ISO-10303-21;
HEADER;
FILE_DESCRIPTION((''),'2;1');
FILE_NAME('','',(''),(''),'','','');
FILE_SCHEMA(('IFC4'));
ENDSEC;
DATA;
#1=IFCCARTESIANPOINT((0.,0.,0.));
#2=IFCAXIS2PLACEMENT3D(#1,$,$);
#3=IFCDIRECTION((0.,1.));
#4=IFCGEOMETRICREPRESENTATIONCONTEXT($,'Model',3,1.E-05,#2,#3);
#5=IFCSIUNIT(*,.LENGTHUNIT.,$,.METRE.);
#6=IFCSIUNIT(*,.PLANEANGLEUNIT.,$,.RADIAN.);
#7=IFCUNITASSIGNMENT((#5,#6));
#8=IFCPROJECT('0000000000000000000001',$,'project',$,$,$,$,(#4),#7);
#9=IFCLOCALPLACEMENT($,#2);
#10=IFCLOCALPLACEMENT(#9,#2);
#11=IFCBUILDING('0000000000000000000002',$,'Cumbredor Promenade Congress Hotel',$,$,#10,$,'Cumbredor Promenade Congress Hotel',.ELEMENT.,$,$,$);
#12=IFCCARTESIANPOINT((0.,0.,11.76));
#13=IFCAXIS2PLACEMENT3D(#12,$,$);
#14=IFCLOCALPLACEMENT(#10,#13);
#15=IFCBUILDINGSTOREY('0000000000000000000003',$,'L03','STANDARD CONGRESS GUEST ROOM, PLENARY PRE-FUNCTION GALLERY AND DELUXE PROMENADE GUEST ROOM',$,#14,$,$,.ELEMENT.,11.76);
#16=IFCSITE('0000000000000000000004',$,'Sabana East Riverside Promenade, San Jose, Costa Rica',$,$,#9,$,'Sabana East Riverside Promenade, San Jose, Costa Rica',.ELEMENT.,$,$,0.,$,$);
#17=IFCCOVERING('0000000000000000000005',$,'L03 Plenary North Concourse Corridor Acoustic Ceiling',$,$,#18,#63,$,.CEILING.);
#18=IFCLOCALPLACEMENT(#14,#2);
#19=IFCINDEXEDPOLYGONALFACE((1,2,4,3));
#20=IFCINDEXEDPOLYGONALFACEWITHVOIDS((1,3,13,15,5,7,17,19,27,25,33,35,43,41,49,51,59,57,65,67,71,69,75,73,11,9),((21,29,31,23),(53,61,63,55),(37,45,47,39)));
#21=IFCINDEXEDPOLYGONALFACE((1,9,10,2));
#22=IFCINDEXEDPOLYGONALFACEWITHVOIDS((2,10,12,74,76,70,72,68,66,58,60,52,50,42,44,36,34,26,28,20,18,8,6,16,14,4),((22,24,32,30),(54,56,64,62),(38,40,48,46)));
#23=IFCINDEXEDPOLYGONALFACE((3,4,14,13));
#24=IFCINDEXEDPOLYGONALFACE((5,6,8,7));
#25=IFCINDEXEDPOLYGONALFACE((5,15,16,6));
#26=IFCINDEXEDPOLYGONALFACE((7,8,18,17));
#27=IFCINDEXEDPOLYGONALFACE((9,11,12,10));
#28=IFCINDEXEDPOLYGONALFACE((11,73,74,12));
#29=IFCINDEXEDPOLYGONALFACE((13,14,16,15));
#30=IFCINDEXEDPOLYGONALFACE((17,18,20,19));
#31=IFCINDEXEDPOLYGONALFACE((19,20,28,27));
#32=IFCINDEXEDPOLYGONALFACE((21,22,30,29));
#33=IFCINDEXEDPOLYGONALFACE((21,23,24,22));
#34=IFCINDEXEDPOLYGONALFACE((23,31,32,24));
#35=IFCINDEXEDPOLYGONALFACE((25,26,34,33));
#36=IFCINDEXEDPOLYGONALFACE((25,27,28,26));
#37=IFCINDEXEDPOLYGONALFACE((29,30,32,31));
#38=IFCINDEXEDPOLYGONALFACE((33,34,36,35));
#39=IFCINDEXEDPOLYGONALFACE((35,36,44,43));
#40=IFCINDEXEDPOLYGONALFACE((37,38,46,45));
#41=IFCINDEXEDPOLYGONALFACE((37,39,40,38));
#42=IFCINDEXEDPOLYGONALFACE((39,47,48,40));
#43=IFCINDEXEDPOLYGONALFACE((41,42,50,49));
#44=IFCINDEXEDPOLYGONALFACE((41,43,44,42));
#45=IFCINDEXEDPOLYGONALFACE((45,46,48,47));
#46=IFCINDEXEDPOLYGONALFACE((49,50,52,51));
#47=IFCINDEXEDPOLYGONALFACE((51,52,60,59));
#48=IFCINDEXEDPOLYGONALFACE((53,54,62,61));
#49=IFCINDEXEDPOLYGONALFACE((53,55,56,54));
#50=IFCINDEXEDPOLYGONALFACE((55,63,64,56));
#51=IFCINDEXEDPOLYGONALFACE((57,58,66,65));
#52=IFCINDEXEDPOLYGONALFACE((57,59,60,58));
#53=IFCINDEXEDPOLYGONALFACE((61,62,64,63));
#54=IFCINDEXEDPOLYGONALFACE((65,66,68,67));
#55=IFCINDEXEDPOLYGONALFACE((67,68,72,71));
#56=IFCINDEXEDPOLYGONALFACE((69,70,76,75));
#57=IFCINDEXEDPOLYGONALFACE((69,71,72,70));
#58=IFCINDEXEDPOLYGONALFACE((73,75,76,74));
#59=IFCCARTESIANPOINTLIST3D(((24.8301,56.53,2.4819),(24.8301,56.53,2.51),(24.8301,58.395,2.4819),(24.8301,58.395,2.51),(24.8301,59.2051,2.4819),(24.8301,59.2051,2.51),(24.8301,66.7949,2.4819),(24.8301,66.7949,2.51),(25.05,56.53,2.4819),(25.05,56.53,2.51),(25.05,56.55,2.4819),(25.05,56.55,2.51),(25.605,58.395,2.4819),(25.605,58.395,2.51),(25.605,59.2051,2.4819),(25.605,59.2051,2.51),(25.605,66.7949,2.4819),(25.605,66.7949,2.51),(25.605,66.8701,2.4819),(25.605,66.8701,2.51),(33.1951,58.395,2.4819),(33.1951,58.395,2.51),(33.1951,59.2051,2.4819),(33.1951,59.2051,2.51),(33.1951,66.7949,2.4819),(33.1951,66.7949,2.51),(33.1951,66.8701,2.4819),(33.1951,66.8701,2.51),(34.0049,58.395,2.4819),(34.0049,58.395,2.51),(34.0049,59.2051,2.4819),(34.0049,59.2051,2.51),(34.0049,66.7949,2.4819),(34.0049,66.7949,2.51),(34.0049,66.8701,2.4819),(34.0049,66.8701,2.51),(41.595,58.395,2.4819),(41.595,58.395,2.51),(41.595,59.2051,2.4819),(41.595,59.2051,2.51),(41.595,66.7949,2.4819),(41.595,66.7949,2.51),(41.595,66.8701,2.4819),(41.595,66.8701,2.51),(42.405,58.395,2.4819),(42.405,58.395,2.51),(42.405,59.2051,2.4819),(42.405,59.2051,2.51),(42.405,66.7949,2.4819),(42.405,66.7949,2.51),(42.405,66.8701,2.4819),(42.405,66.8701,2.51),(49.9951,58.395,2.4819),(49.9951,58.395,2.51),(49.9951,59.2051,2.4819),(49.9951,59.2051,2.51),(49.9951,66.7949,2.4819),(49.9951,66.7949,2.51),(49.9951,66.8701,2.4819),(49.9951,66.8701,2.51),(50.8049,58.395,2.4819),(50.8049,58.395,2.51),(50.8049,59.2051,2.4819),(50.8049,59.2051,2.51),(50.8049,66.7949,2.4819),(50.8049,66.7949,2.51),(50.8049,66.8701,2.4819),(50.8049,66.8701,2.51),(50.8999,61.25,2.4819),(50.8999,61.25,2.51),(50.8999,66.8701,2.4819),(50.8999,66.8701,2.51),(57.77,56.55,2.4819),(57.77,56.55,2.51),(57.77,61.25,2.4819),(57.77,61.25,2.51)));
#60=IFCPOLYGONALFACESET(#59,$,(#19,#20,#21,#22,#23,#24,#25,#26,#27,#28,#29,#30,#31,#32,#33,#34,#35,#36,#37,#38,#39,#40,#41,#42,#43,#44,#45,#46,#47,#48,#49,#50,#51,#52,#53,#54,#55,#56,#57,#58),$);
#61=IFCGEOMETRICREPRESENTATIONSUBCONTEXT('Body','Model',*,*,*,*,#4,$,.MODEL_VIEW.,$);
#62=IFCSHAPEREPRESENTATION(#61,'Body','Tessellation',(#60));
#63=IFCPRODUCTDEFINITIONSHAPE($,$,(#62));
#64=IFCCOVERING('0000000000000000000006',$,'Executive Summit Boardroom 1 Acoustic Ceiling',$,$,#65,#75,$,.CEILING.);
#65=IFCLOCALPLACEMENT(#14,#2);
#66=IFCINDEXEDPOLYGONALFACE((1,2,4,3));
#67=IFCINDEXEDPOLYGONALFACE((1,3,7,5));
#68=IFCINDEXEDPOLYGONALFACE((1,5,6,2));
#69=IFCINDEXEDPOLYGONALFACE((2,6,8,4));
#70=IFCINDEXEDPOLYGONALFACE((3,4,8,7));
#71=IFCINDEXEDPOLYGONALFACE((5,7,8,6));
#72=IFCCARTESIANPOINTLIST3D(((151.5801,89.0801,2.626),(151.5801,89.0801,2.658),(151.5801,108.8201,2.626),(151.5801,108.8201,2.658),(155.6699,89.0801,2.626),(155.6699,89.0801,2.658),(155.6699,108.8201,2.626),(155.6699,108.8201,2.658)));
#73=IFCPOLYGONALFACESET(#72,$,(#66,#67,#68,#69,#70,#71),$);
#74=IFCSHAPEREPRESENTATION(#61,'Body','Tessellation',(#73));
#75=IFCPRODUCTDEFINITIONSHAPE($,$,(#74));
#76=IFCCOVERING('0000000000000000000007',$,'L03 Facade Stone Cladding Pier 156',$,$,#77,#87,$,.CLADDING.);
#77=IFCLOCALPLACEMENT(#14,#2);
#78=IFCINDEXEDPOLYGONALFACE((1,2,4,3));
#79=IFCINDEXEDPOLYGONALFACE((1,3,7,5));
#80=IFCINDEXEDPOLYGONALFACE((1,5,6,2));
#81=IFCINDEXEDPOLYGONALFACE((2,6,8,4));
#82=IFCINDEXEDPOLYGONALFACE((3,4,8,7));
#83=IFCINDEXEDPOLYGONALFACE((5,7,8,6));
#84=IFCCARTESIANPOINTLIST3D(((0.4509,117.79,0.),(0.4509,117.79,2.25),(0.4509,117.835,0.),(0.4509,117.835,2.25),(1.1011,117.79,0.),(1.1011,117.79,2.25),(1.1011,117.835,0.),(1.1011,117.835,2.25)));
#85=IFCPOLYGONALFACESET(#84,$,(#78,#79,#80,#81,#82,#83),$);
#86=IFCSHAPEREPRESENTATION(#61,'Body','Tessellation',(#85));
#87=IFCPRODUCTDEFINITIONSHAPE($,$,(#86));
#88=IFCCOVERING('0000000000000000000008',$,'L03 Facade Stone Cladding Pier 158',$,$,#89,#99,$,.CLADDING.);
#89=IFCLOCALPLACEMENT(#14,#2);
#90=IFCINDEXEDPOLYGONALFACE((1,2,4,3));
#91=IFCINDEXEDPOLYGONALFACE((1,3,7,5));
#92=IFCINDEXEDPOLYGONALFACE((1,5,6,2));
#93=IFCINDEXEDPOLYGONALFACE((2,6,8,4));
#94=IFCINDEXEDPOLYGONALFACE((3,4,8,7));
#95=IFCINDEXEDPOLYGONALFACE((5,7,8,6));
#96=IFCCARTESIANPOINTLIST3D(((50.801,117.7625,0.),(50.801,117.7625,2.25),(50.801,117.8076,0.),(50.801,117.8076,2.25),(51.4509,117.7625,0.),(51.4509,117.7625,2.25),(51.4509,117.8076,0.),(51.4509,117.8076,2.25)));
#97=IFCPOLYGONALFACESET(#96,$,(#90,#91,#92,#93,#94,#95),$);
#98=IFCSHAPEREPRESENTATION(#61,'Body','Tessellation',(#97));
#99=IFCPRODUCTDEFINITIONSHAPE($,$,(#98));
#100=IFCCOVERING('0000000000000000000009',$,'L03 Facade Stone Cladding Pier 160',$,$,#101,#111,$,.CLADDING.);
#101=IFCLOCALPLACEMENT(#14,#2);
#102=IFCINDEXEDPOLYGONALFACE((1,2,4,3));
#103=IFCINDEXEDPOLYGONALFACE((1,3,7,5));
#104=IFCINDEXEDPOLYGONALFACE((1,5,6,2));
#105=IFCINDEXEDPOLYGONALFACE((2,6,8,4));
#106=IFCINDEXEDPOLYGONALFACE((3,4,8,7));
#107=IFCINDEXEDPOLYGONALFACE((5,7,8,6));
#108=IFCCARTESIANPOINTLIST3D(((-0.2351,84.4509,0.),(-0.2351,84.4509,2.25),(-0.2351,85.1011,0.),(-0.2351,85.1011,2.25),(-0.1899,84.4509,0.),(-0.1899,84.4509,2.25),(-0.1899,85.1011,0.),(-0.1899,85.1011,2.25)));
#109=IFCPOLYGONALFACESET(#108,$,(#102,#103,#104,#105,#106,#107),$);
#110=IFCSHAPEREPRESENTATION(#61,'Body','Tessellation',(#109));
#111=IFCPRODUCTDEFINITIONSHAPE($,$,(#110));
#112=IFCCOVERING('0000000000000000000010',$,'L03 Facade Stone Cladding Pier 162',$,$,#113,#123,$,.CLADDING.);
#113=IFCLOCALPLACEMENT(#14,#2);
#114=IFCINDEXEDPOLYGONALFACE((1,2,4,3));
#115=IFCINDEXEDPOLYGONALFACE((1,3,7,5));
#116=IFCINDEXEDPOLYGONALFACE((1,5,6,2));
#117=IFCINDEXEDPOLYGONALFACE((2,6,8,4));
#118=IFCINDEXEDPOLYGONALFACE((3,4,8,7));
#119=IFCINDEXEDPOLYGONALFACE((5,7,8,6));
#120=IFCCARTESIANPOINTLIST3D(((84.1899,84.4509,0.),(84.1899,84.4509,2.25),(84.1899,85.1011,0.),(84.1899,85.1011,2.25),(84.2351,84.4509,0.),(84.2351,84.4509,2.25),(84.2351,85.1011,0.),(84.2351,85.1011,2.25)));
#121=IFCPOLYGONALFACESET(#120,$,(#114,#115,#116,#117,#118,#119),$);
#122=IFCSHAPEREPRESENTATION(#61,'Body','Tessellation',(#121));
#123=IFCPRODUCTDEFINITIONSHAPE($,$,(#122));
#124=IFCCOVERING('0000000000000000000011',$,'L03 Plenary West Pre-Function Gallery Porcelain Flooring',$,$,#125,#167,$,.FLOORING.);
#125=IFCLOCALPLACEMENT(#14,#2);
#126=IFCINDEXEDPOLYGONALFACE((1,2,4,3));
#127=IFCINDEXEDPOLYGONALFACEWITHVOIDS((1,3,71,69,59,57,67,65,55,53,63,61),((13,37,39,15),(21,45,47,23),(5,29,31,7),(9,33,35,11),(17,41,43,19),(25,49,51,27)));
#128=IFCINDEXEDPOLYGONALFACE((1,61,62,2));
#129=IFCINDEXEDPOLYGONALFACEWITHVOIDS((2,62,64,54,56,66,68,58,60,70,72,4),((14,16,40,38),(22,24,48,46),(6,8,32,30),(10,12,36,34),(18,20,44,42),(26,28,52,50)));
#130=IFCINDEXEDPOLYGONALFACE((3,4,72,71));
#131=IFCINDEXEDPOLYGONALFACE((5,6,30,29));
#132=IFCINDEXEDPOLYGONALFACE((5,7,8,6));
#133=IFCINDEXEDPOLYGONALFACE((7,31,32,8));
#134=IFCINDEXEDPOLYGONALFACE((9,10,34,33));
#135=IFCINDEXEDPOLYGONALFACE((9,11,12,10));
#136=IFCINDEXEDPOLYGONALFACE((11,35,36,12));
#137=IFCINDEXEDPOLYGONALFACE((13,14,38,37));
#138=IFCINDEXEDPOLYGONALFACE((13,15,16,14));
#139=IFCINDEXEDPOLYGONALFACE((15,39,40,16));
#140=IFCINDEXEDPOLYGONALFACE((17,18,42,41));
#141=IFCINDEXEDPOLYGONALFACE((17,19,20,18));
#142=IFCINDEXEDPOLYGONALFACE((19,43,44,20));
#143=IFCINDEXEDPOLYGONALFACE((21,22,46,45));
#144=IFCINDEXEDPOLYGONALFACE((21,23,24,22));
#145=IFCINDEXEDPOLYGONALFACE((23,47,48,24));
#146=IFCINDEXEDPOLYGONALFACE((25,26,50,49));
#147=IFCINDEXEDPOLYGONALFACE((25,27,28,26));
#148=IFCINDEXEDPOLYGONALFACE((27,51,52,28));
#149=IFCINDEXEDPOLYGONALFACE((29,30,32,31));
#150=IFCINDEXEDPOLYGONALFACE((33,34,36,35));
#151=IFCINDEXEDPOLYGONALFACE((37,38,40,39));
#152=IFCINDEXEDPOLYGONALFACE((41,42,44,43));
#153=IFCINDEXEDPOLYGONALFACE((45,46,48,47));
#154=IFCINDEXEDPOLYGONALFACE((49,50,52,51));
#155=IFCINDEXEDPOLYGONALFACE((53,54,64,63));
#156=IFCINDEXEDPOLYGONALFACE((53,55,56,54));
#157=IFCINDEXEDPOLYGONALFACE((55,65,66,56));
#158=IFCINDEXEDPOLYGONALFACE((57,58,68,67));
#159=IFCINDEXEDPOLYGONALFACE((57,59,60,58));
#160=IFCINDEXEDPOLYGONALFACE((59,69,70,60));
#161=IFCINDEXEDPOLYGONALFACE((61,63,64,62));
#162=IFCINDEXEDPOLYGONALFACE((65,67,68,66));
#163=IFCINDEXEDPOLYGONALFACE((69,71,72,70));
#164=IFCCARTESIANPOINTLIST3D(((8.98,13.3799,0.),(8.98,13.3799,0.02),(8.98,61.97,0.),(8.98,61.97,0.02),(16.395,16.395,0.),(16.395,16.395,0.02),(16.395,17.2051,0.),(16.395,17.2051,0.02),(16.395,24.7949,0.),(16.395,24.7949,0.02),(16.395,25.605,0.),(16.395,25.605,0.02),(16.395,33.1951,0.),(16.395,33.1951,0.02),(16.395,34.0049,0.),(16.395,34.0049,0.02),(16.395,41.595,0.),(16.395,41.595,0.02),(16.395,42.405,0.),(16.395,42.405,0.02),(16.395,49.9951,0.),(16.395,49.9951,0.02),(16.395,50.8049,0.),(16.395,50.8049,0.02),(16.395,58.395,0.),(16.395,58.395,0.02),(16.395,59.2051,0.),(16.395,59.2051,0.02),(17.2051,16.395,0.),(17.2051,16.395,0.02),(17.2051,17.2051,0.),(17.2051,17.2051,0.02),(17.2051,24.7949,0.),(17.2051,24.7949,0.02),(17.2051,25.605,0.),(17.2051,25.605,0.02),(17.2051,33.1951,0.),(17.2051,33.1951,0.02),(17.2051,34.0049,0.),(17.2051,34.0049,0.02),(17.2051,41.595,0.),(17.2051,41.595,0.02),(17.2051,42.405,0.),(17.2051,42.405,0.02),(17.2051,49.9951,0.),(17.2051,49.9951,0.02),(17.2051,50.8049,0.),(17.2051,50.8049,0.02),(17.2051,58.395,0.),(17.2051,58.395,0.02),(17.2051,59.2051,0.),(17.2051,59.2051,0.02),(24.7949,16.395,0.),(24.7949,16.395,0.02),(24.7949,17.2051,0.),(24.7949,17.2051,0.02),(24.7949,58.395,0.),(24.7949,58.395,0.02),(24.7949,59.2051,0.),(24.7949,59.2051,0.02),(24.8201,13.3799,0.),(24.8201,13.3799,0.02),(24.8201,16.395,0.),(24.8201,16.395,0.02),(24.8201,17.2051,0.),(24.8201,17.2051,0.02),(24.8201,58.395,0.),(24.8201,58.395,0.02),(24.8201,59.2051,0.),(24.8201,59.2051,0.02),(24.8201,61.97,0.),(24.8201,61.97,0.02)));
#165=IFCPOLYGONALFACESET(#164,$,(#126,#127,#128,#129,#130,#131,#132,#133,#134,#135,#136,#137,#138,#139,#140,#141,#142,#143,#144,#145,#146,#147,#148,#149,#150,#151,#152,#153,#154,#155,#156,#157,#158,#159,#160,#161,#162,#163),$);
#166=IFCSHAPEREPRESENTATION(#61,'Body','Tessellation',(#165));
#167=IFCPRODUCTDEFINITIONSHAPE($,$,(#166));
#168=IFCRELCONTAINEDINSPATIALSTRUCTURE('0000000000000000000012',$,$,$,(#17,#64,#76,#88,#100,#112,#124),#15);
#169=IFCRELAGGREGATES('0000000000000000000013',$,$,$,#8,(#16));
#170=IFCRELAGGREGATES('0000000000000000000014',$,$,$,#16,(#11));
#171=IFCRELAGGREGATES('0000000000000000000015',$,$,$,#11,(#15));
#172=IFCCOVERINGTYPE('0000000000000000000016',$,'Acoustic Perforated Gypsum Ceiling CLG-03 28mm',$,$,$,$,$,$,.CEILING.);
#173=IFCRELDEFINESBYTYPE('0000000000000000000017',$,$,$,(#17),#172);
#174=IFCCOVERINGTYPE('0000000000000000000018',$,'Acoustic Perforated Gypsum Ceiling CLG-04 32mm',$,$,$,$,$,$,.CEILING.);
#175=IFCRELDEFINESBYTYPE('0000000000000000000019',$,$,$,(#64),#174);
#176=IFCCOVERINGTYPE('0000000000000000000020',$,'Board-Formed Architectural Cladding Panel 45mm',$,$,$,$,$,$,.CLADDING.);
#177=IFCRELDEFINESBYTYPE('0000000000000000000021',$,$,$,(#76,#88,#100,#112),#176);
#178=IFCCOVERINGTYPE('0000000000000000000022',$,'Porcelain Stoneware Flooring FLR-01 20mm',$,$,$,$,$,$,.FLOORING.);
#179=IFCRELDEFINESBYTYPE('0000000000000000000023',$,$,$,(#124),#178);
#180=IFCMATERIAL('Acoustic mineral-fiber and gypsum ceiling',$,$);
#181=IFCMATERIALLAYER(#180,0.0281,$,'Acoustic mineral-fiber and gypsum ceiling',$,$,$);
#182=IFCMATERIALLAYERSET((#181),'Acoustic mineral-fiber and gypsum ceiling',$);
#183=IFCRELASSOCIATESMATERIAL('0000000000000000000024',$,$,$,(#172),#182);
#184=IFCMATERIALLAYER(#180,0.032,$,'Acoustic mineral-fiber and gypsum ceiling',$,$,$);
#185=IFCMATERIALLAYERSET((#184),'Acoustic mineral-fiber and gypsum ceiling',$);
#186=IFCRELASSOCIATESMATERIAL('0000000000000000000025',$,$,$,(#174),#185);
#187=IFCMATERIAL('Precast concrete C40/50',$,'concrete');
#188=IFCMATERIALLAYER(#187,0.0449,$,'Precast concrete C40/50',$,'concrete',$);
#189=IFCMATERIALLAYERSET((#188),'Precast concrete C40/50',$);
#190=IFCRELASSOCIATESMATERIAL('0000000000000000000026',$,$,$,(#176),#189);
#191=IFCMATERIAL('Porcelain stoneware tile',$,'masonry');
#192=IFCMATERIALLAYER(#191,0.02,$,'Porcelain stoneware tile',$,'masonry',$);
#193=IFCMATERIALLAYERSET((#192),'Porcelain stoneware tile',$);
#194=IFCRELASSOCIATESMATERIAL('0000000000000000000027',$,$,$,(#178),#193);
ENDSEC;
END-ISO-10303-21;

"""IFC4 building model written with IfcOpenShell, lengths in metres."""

from ifc_helpers import new_model, si_unit, direction, frame, origin, place, context, subcontext, project, spatial, polyline, outline, extrude, material, layer, layer_set, type_object, element, save


model = new_model("IFC4")

# Units and contexts
model_context = context("Model", 3, precision=1e-05, world=origin(), true_north=direction((0.0, 1.0)))
body_context = subcontext(model_context, "Body", "Model", "MODEL_VIEW")
ifc_project = project(units=[si_unit("LENGTHUNIT", "METRE"), si_unit("PLANEANGLEUNIT", "RADIAN")], contexts=[model_context])

# Site, building, storey
site_placement = place(None, origin())
site = spatial("IfcSite", under=ifc_project, at=site_placement, Name="Sabana East Riverside Promenade, San Jose, Costa Rica", LongName="Sabana East Riverside Promenade, San Jose, Costa Rica", CompositionType="ELEMENT", RefElevation=0.0)
building_placement = place(site_placement, origin())
building = spatial("IfcBuilding", under=site, at=building_placement, Name="Cumbredor Promenade Congress Hotel", LongName="Cumbredor Promenade Congress Hotel", CompositionType="ELEMENT")
storey_placement = place(building_placement, frame((0.0, 0.0, 11.76)))
storey = spatial("IfcBuildingStorey", under=building, at=storey_placement, Name="L03", Description="STANDARD CONGRESS GUEST ROOM, PLENARY PRE-FUNCTION GALLERY AND DELUXE PROMENADE GUEST ROOM", CompositionType="ELEMENT", Elevation=11.76)

# Coverings
ifc_material_1 = material(Name="Acoustic mineral-fiber and gypsum ceiling")
ifc_layer_1 = layer(ifc_material_1, 0.0281, Name="Acoustic mineral-fiber and gypsum ceiling")
ifc_layer_set_1 = layer_set([ifc_layer_1], Name="Acoustic mineral-fiber and gypsum ceiling")
covering_type_1 = type_object("IfcCoveringType", Name="Acoustic Perforated Gypsum Ceiling CLG-03 28mm", PredefinedType="CEILING", material=ifc_layer_set_1)
covering_1_placement = place(storey_placement, frame((0.0, 0.0, 2.4819)))
element("IfcCovering", 1, at=covering_1_placement, inside=storey, type_object=covering_type_1, Name="L03 Plenary North Concourse Corridor Acoustic Ceiling", PredefinedType="CEILING", context=body_context, shape_type="SweptSolid", body=[
    extrude(outline(polyline([(25.605, 58.395), (25.605, 59.2051), (24.8301, 59.2051), (24.8301, 66.7949), (25.605, 66.7949), (25.605, 66.8701), (33.1951, 66.8701), (33.1951, 66.7949), (34.0049, 66.7949), (34.0049, 66.8701), (41.595, 66.8701), (41.595, 66.7949), (42.405, 66.7949), (42.405, 66.8701), (49.9951, 66.8701), (49.9951, 66.7949), (50.8049, 66.7949), (50.8049, 66.8701), (50.8999, 66.8701), (50.8999, 61.25), (57.77, 61.25), (57.77, 56.55), (25.05, 56.55), (25.05, 56.53), (24.8301, 56.53), (24.8301, 58.395), (25.605, 58.395)]), holes=[polyline([(33.1951, 59.2051), (33.1951, 58.395), (34.0049, 58.395), (34.0049, 59.2051), (33.1951, 59.2051)]), polyline([(42.405, 58.395), (42.405, 59.2051), (41.595, 59.2051), (41.595, 58.395), (42.405, 58.395)]), polyline([(49.9951, 59.2051), (49.9951, 58.395), (50.8049, 58.395), (50.8049, 59.2051), (49.9951, 59.2051)])]), origin(), (0.0, 0.0, 1.0), 0.0281),
])
ifc_layer_2 = layer(ifc_material_1, 0.032, Name="Acoustic mineral-fiber and gypsum ceiling")
ifc_layer_set_2 = layer_set([ifc_layer_2], Name="Acoustic mineral-fiber and gypsum ceiling")
covering_type_2 = type_object("IfcCoveringType", Name="Acoustic Perforated Gypsum Ceiling CLG-04 32mm", PredefinedType="CEILING", material=ifc_layer_set_2)
covering_2_placement = place(storey_placement, frame((0.0, 0.0, 2.626)))
element("IfcCovering", 2, at=covering_2_placement, inside=storey, type_object=covering_type_2, Name="Executive Summit Boardroom 1 Acoustic Ceiling", PredefinedType="CEILING", context=body_context, shape_type="SweptSolid", body=[
    extrude(outline(polyline([(155.6699, 108.8201), (155.6699, 89.0801), (151.5801, 89.0801), (151.5801, 108.8201), (155.6699, 108.8201)])), origin(), (0.0, 0.0, 1.0), 0.032),
])
ifc_material_2 = material(Name="Precast concrete C40/50", Category="concrete")
ifc_layer_3 = layer(ifc_material_2, 0.0449, Name="Precast concrete C40/50", Category="concrete")
ifc_layer_set_3 = layer_set([ifc_layer_3], Name="Precast concrete C40/50")
covering_type_3 = type_object("IfcCoveringType", Name="Board-Formed Architectural Cladding Panel 45mm", PredefinedType="CLADDING", material=ifc_layer_set_3)
covering_3_placement = place(storey_placement, origin())
element("IfcCovering", 3, at=covering_3_placement, inside=storey, type_object=covering_type_3, Name="L03 Facade Stone Cladding Pier 156", PredefinedType="CLADDING", context=body_context, shape_type="SweptSolid", body=[
    extrude(outline(polyline([(0.4509, 117.79), (1.1011, 117.79), (1.1011, 117.835), (0.4509, 117.835), (0.4509, 117.79)])), origin(), (0.0, 0.0, 1.0), 2.25),
])
covering_4_placement = place(storey_placement, origin())
element("IfcCovering", 4, at=covering_4_placement, inside=storey, type_object=covering_type_3, Name="L03 Facade Stone Cladding Pier 158", PredefinedType="CLADDING", context=body_context, shape_type="SweptSolid", body=[
    extrude(outline(polyline([(50.801, 117.7625), (51.4509, 117.7625), (51.4509, 117.8076), (50.801, 117.8076), (50.801, 117.7625)])), origin(), (0.0, 0.0, 1.0), 2.25),
])
covering_5_placement = place(storey_placement, origin())
element("IfcCovering", 5, at=covering_5_placement, inside=storey, type_object=covering_type_3, Name="L03 Facade Stone Cladding Pier 160", PredefinedType="CLADDING", context=body_context, shape_type="SweptSolid", body=[
    extrude(outline(polyline([(-0.1899, 84.4509), (-0.1899, 85.1011), (-0.2351, 85.1011), (-0.2351, 84.4509), (-0.1899, 84.4509)])), origin(), (0.0, 0.0, 1.0), 2.25),
])
covering_6_placement = place(storey_placement, origin())
element("IfcCovering", 6, at=covering_6_placement, inside=storey, type_object=covering_type_3, Name="L03 Facade Stone Cladding Pier 162", PredefinedType="CLADDING", context=body_context, shape_type="SweptSolid", body=[
    extrude(outline(polyline([(84.1899, 84.4509), (84.1899, 85.1011), (84.2351, 85.1011), (84.2351, 84.4509), (84.1899, 84.4509)])), origin(), (0.0, 0.0, 1.0), 2.25),
])
ifc_material_3 = material(Name="Porcelain stoneware tile", Category="masonry")
ifc_layer_4 = layer(ifc_material_3, 0.02, Name="Porcelain stoneware tile", Category="masonry")
ifc_layer_set_4 = layer_set([ifc_layer_4], Name="Porcelain stoneware tile")
covering_type_4 = type_object("IfcCoveringType", Name="Porcelain Stoneware Flooring FLR-01 20mm", PredefinedType="FLOORING", material=ifc_layer_set_4)
covering_7_placement = place(storey_placement, origin())
element("IfcCovering", 7, at=covering_7_placement, inside=storey, type_object=covering_type_4, Name="L03 Plenary West Pre-Function Gallery Porcelain Flooring", PredefinedType="FLOORING", context=body_context, shape_type="SweptSolid", body=[
    extrude(outline(polyline([(24.8201, 61.97), (24.8201, 59.2051), (24.7949, 59.2051), (24.7949, 58.395), (24.8201, 58.395), (24.8201, 17.2051), (24.7949, 17.2051), (24.7949, 16.395), (24.8201, 16.395), (24.8201, 13.3799), (8.98, 13.3799), (8.98, 61.97), (24.8201, 61.97)]), holes=[polyline([(17.2051, 16.395), (17.2051, 17.2051), (16.395, 17.2051), (16.395, 16.395), (17.2051, 16.395)]), polyline([(16.395, 24.7949), (17.2051, 24.7949), (17.2051, 25.605), (16.395, 25.605), (16.395, 24.7949)]), polyline([(16.395, 34.0049), (16.395, 33.1951), (17.2051, 33.1951), (17.2051, 34.0049), (16.395, 34.0049)]), polyline([(17.2051, 42.405), (16.395, 42.405), (16.395, 41.595), (17.2051, 41.595), (17.2051, 42.405)]), polyline([(17.2051, 49.9951), (17.2051, 50.8049), (16.395, 50.8049), (16.395, 49.9951), (17.2051, 49.9951)]), polyline([(16.395, 58.395), (17.2051, 58.395), (17.2051, 59.2051), (16.395, 59.2051), (16.395, 58.395)])]), origin(), (0.0, 0.0, 1.0), 0.02),
])

save(model, "model.ifc")
